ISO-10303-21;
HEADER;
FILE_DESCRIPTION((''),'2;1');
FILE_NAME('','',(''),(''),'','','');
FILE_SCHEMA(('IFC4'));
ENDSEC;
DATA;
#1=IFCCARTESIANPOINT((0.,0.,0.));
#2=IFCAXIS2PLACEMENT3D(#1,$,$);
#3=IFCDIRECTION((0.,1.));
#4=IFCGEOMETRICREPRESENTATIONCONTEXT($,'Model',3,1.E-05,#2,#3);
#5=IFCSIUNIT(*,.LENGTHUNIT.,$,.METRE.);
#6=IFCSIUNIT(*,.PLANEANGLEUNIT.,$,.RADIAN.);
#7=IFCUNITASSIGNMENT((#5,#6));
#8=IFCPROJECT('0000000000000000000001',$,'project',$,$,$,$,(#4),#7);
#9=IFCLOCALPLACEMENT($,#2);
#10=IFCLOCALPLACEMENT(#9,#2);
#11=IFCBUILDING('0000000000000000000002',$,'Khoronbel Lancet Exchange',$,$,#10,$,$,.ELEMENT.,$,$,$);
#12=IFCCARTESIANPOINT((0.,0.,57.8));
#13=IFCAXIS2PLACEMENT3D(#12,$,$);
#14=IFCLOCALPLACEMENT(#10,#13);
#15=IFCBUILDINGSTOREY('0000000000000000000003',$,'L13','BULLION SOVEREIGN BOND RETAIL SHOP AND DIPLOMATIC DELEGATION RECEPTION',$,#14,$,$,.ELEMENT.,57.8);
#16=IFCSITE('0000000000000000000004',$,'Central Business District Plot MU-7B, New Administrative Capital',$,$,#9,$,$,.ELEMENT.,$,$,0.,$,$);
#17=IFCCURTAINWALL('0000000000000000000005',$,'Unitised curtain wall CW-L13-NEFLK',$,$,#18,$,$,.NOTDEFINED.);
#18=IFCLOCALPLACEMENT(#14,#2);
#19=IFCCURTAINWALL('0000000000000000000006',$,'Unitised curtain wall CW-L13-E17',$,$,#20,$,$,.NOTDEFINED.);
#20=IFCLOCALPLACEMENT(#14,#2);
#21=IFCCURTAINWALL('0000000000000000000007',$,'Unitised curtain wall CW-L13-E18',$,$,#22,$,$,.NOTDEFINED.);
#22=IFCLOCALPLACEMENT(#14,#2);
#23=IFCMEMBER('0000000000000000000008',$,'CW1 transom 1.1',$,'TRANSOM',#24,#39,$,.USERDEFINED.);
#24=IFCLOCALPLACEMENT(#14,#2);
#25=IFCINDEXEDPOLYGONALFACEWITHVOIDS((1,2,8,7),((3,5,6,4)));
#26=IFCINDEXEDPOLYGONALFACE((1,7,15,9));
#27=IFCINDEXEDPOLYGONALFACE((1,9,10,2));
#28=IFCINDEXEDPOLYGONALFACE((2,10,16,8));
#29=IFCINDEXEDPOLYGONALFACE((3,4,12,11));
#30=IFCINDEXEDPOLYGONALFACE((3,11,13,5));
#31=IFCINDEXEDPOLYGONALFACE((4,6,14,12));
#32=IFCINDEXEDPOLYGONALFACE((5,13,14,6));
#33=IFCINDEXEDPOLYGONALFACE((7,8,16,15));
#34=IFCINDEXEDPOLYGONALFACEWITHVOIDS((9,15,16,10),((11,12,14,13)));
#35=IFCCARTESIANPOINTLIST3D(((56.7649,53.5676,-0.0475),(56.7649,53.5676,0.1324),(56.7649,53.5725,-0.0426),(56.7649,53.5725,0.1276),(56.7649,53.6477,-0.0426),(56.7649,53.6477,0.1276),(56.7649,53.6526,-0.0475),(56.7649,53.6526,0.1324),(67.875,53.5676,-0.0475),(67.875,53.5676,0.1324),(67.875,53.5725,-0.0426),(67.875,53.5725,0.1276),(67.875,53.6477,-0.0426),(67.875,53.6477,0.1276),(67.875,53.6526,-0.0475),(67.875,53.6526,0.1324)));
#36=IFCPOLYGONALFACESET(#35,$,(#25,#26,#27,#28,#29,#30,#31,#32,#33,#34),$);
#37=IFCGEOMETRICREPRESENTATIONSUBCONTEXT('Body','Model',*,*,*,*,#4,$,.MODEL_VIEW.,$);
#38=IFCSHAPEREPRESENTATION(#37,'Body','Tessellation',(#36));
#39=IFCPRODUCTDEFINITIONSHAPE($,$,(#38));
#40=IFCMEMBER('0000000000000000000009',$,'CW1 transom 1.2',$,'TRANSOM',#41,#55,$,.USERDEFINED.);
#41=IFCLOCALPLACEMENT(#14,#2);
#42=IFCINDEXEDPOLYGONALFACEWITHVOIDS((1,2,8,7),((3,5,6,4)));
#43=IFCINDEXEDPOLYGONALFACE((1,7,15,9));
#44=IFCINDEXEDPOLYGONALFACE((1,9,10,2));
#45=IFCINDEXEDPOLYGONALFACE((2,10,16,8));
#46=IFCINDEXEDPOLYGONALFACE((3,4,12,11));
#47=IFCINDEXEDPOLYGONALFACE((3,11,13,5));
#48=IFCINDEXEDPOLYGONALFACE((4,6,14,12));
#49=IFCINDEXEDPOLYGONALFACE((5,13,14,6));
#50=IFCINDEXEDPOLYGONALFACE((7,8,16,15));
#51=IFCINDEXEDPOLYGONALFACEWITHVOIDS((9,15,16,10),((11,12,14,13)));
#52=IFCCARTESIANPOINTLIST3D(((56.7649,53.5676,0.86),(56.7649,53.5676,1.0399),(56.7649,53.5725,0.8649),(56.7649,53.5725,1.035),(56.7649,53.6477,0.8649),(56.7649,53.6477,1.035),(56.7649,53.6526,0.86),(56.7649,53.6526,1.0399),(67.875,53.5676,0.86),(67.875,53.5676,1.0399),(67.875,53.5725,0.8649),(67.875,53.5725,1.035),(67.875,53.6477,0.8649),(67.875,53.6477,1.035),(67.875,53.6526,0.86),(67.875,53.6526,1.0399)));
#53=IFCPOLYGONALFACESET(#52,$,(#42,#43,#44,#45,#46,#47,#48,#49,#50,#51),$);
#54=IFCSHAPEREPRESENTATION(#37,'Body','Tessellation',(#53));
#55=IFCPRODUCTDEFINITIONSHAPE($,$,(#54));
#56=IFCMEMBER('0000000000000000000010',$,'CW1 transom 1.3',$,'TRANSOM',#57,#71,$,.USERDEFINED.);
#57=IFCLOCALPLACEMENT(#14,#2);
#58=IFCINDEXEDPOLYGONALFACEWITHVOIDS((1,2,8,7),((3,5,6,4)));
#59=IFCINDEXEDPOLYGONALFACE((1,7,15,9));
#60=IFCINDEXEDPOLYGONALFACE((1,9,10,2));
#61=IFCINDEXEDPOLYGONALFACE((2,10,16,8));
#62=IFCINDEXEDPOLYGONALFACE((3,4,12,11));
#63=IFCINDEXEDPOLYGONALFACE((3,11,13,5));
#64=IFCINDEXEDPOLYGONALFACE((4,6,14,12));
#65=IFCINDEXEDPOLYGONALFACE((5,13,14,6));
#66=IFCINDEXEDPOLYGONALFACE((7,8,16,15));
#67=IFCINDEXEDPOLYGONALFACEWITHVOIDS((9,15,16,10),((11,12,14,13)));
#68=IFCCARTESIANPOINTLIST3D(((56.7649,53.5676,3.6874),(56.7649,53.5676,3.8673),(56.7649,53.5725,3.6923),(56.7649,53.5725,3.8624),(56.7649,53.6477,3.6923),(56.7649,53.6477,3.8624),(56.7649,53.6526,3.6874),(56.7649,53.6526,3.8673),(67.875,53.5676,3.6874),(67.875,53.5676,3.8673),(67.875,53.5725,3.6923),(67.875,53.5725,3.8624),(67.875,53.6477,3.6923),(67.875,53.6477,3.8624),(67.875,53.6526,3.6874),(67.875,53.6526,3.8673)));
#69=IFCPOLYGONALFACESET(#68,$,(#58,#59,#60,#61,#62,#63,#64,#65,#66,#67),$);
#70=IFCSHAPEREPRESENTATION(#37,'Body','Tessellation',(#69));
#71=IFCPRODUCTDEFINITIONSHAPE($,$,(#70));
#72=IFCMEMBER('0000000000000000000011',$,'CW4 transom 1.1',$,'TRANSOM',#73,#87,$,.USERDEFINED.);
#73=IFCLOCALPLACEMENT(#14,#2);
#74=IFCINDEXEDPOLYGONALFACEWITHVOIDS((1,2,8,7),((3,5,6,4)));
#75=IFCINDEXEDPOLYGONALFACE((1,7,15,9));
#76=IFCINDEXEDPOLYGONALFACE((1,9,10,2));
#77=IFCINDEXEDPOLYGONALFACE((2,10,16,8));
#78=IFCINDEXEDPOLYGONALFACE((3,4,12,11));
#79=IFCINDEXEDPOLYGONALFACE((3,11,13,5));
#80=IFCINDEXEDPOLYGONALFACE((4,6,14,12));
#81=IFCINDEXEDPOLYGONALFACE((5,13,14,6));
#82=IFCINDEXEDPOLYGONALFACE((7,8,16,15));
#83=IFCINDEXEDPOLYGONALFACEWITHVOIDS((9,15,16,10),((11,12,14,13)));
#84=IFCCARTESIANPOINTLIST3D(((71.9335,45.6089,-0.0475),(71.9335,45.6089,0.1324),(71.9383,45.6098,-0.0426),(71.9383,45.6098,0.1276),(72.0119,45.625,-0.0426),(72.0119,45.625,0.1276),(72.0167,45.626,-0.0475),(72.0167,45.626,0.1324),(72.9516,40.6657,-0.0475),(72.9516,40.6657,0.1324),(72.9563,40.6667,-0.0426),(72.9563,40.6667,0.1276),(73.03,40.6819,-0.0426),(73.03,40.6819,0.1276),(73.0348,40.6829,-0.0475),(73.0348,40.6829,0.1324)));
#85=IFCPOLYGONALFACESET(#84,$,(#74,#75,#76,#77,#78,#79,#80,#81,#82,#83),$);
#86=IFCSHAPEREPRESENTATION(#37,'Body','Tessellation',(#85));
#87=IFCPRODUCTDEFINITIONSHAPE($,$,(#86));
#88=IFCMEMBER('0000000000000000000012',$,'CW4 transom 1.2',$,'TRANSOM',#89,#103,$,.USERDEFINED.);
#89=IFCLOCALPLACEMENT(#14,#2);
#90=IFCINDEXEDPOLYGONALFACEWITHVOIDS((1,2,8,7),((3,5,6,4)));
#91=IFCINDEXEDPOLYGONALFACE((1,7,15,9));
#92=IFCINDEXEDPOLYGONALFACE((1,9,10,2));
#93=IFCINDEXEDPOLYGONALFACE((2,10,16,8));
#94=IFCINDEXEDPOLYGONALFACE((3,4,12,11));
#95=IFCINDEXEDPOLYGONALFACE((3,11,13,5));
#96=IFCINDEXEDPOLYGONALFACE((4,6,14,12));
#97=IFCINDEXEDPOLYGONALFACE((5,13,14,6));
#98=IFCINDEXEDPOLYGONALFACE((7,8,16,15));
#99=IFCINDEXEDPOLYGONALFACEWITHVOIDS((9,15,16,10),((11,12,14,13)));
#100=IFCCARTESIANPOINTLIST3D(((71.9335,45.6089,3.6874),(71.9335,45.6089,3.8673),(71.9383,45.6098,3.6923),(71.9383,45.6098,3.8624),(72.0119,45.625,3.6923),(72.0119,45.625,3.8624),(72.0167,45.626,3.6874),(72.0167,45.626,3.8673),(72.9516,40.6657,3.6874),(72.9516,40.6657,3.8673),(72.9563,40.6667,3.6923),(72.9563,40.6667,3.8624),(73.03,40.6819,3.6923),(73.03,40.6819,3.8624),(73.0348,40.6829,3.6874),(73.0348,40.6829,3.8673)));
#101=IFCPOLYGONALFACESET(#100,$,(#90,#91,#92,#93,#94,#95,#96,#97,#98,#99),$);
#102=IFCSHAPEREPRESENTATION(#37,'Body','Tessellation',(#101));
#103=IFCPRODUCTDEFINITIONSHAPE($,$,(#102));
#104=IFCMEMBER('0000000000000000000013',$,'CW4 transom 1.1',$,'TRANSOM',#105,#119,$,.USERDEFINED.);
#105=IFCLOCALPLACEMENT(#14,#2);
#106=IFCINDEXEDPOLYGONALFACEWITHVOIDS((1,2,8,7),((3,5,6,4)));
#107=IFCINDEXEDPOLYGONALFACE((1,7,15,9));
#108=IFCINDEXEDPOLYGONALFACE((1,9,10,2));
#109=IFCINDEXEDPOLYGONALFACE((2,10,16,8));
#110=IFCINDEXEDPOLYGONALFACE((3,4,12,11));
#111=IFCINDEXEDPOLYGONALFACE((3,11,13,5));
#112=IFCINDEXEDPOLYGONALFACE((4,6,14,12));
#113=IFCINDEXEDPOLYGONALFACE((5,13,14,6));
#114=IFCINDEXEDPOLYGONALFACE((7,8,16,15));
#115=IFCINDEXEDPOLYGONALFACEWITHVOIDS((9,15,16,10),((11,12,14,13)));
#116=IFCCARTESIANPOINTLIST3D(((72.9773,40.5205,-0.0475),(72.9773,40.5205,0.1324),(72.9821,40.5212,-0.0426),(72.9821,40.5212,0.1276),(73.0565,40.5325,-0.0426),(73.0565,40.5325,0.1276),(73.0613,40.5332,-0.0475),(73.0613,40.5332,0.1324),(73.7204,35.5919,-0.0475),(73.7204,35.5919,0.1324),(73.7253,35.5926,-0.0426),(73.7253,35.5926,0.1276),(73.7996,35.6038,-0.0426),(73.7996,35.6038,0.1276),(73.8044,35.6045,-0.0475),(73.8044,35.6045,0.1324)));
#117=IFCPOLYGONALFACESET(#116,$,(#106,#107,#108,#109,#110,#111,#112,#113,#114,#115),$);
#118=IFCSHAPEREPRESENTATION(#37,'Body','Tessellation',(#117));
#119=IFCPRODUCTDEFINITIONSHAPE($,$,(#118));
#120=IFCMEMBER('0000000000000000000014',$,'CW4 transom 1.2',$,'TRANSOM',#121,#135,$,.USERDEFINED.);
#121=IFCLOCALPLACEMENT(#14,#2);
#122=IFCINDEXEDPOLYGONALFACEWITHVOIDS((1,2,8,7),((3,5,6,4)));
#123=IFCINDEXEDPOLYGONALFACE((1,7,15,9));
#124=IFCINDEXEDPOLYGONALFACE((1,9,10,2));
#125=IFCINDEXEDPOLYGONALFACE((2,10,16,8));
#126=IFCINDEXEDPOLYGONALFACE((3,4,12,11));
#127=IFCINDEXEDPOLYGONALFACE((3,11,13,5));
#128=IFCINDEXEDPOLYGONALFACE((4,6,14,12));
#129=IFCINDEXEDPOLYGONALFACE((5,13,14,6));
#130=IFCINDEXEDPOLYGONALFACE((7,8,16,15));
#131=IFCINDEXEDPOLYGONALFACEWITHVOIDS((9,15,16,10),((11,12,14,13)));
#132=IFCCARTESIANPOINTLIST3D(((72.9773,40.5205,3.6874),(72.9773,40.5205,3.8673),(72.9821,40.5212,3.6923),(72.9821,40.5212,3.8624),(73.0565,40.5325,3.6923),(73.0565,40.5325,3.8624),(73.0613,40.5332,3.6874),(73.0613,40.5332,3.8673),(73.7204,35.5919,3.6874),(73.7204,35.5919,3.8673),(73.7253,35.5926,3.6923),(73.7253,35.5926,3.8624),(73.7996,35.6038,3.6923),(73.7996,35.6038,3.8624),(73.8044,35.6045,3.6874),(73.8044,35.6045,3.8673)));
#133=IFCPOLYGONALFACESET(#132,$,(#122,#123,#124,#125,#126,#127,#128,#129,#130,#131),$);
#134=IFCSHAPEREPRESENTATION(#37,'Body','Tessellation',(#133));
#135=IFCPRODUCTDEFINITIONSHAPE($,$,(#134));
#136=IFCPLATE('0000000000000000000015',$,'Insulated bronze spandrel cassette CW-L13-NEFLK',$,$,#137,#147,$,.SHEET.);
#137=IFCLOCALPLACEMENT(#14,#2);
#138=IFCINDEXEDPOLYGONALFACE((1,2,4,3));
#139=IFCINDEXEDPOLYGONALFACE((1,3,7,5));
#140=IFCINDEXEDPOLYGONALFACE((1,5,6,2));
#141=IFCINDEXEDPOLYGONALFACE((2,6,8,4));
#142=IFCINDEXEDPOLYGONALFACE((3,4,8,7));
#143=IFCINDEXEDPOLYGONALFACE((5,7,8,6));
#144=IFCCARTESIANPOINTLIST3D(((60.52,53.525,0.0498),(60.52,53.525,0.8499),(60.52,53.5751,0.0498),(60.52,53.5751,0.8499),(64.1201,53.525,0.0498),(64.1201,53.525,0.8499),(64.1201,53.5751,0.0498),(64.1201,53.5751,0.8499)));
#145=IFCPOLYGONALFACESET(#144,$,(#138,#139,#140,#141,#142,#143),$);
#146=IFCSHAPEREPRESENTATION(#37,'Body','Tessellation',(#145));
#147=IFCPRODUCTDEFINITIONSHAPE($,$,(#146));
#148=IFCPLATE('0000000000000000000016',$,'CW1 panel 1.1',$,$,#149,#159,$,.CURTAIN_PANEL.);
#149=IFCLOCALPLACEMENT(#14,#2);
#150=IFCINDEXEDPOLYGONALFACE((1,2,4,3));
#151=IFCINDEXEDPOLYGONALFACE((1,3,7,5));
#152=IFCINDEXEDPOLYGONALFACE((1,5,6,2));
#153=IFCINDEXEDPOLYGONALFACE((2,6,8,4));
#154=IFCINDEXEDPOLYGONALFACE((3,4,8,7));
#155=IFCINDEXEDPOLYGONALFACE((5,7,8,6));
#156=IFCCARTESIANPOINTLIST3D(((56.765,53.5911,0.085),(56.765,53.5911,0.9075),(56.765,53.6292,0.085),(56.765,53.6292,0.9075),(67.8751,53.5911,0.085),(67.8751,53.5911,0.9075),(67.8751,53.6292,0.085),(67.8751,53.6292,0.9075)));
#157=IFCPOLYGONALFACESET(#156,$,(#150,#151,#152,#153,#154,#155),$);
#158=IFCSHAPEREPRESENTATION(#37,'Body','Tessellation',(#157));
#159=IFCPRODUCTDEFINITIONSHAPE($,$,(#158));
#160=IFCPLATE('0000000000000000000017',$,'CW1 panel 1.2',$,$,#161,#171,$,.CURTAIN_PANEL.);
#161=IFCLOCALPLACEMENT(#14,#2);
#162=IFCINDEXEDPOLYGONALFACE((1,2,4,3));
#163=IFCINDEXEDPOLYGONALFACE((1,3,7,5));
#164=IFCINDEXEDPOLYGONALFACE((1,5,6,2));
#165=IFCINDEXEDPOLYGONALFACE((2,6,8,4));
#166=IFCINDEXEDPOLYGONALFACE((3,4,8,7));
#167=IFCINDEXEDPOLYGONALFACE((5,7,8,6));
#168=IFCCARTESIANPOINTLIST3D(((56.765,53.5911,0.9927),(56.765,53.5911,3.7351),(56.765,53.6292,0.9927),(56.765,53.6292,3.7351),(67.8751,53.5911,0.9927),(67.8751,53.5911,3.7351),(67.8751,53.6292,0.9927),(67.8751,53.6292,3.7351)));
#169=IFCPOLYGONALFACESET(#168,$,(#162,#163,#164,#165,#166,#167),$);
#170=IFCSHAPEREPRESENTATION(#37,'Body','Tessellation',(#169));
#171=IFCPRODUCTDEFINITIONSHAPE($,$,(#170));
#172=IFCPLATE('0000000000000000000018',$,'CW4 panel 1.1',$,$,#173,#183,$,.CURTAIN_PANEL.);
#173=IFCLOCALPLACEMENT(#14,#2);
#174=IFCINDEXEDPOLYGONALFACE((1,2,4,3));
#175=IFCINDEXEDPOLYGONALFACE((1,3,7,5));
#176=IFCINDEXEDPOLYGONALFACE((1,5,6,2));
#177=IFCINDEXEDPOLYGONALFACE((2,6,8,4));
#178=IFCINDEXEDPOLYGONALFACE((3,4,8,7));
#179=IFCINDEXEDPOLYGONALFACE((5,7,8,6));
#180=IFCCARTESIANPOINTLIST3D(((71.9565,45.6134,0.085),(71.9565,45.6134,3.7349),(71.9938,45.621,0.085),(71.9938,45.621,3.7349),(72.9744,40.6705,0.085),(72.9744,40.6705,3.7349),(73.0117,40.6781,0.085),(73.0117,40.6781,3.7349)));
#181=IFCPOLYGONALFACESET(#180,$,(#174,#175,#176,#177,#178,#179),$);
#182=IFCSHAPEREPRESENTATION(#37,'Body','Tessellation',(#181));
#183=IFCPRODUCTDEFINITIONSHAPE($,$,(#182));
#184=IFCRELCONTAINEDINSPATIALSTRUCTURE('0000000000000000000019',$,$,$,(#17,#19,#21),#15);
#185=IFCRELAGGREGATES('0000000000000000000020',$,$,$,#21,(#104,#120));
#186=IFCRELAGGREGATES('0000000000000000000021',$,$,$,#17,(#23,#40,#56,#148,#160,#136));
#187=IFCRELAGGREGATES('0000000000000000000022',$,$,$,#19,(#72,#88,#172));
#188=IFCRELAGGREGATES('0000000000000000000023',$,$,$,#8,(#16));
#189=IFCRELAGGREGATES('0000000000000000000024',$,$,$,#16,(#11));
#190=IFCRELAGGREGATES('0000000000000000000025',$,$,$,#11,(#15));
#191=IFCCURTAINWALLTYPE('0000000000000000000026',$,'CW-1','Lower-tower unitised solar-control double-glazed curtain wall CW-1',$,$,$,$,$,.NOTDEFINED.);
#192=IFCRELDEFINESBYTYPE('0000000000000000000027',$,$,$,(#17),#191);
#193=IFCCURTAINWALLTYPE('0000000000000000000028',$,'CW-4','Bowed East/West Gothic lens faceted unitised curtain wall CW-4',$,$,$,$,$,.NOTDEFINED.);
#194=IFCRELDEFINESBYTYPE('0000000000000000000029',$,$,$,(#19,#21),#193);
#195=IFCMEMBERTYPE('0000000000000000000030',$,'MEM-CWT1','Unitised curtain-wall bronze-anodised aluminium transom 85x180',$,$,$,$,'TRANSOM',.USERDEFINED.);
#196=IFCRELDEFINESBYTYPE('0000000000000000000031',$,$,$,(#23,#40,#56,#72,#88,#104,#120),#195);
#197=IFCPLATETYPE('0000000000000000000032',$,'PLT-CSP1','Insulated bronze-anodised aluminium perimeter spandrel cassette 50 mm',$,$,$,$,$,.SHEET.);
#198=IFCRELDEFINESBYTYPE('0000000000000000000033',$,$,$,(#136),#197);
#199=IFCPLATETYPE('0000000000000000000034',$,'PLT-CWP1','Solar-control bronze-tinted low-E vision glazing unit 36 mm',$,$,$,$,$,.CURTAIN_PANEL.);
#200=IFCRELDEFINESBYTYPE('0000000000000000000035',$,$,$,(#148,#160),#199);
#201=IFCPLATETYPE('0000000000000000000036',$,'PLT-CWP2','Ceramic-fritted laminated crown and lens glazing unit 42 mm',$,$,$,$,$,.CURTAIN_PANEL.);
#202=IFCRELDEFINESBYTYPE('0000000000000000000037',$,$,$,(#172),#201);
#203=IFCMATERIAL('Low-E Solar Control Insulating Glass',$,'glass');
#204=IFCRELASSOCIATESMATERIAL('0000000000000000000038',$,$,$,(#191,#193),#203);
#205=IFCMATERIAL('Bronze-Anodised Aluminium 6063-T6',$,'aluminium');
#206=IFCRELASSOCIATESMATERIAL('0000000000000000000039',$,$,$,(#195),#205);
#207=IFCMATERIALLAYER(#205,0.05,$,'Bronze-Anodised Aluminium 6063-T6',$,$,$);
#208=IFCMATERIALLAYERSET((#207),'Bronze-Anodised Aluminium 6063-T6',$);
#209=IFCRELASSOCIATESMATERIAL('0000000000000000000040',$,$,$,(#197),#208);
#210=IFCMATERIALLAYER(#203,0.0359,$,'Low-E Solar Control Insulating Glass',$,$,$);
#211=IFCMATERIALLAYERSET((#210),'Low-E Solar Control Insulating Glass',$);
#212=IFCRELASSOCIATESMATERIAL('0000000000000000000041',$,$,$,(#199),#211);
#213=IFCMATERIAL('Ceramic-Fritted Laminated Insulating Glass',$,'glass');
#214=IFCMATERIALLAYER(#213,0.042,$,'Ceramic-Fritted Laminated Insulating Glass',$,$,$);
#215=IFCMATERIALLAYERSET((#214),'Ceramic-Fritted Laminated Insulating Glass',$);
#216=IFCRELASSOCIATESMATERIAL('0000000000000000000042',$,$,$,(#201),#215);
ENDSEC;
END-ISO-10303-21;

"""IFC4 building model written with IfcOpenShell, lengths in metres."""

from ifc_helpers import new_model, si_unit, direction, frame, origin, origin_2d, place, context, subcontext, project, spatial, rectangle, hollow_rectangle, extrude, material, layer, layer_set, material_profile, profile_set, type_object, element, aggregate, save


model = new_model("IFC4")

# Units and contexts
model_context = context("Model", 3, precision=1e-05, world=origin(), true_north=direction((0.0, 1.0)))
body_context = subcontext(model_context, "Body", "Model", "MODEL_VIEW")
ifc_project = project(units=[si_unit("LENGTHUNIT", "METRE"), si_unit("PLANEANGLEUNIT", "RADIAN")], contexts=[model_context])

# Site, building, storey
site_placement = place(None, origin())
site = spatial("IfcSite", under=ifc_project, at=site_placement, Name="Central Business District Plot MU-7B, New Administrative Capital", CompositionType="ELEMENT", RefElevation=0.0)
building_placement = place(site_placement, origin())
building = spatial("IfcBuilding", under=site, at=building_placement, Name="Khoronbel Lancet Exchange", CompositionType="ELEMENT")
storey_placement = place(building_placement, frame((0.0, 0.0, 57.8)))
storey = spatial("IfcBuildingStorey", under=building, at=storey_placement, Name="L13", Description="BULLION SOVEREIGN BOND RETAIL SHOP AND DIPLOMATIC DELEGATION RECEPTION", CompositionType="ELEMENT", Elevation=57.8)

# Curtain walls
ifc_material_1 = material(Name="Low-E Solar Control Insulating Glass", Category="glass")
curtain_wall_type_1 = type_object("IfcCurtainWallType", Name="CW-1", Description="Lower-tower unitised solar-control double-glazed curtain wall CW-1", PredefinedType="NOTDEFINED", material=ifc_material_1)
curtain_wall_1_placement = place(storey_placement, origin())
curtain_wall_1 = element("IfcCurtainWall", 1, at=curtain_wall_1_placement, inside=storey, type_object=curtain_wall_type_1, Name="Unitised curtain wall CW-L13-NEFLK", PredefinedType="NOTDEFINED")
ifc_material_2 = material(Name="Bronze-Anodised Aluminium 6063-T6", Category="aluminium")
curtain_wall_type_2 = type_object("IfcCurtainWallType", Name="CW-4", Description="Bowed East/West Gothic lens faceted unitised curtain wall CW-4", PredefinedType="NOTDEFINED", material=ifc_material_1)
curtain_wall_2_placement = place(storey_placement, origin())
curtain_wall_2 = element("IfcCurtainWall", 2, at=curtain_wall_2_placement, inside=storey, type_object=curtain_wall_type_2, Name="Unitised curtain wall CW-L13-E17", PredefinedType="NOTDEFINED")

# Curtain wall
curtain_wall_3_placement = place(storey_placement, origin())
curtain_wall_3 = element("IfcCurtainWall", 3, at=curtain_wall_3_placement, inside=storey, type_object=curtain_wall_type_2, Name="Unitised curtain wall CW-L13-E18", PredefinedType="NOTDEFINED")

# Members
ifc_material_profile_1 = material_profile(ifc_material_2, hollow_rectangle(XDim=0.085, YDim=0.1799, WallThickness=0.0049, at=origin_2d()), Name="ALU TRANSOM 85x180")
ifc_profile_set_1 = profile_set([ifc_material_profile_1], Name="Bronze-Anodised Aluminium 6063-T6")
member_type_1 = type_object("IfcMemberType", Name="MEM-CWT1", Description="Unitised curtain-wall bronze-anodised aluminium transom 85x180", ElementType="TRANSOM", PredefinedType="USERDEFINED", material=ifc_profile_set_1)
member_1_placement = place(storey_placement, frame((67.875, 53.6101, 0.0425), z_axis=(-1.0, 0.0, 0.0), x_axis=(0.0, -1.0, 0.0)))
member_1 = element("IfcMember", 4, at=member_1_placement, type_object=member_type_1, Name="CW1 transom 1.1", ObjectType="TRANSOM", PredefinedType="USERDEFINED", context=body_context, shape_type="SweptSolid", body=[
    extrude(hollow_rectangle(XDim=0.085, YDim=0.1799, WallThickness=0.0049, at=origin_2d()), origin(), (0.0, 0.0, 1.0), 11.1101),
])
member_2_placement = place(storey_placement, frame((67.875, 53.6101, 0.95), z_axis=(-1.0, 0.0, 0.0), x_axis=(0.0, -1.0, 0.0)))
member_2 = element("IfcMember", 5, at=member_2_placement, type_object=member_type_1, Name="CW1 transom 1.2", ObjectType="TRANSOM", PredefinedType="USERDEFINED", context=body_context, shape_type="SweptSolid", body=[
    extrude(hollow_rectangle(XDim=0.085, YDim=0.1799, WallThickness=0.0049, at=origin_2d()), origin(), (0.0, 0.0, 1.0), 11.1101),
])
member_3_placement = place(storey_placement, frame((67.875, 53.6101, 3.7773), z_axis=(-1.0, 0.0, 0.0), x_axis=(0.0, -1.0, 0.0)))
member_3 = element("IfcMember", 6, at=member_3_placement, type_object=member_type_1, Name="CW1 transom 1.3", ObjectType="TRANSOM", PredefinedType="USERDEFINED", context=body_context, shape_type="SweptSolid", body=[
    extrude(hollow_rectangle(XDim=0.085, YDim=0.1799, WallThickness=0.0049, at=origin_2d()), origin(), (0.0, 0.0, 1.0), 11.1101),
])
member_4_placement = place(storey_placement, frame((71.9751, 45.6174, 0.0425), z_axis=(0.201723, -0.979443, 0.0), x_axis=(0.979443, 0.201723, 0.0)))
member_4 = element("IfcMember", 7, at=member_4_placement, type_object=member_type_1, Name="CW4 transom 1.1", ObjectType="TRANSOM", PredefinedType="USERDEFINED", context=body_context, shape_type="SweptSolid", body=[
    extrude(hollow_rectangle(XDim=0.085, YDim=0.1799, WallThickness=0.0049, at=origin_2d()), origin(), (0.0, 0.0, 1.0), 5.0469),
])
member_5_placement = place(storey_placement, frame((71.9751, 45.6174, 3.7773), z_axis=(0.201723, -0.979443, 0.0), x_axis=(0.979443, 0.201723, 0.0)))
member_5 = element("IfcMember", 8, at=member_5_placement, type_object=member_type_1, Name="CW4 transom 1.2", ObjectType="TRANSOM", PredefinedType="USERDEFINED", context=body_context, shape_type="SweptSolid", body=[
    extrude(hollow_rectangle(XDim=0.085, YDim=0.1799, WallThickness=0.0049, at=origin_2d()), origin(), (0.0, 0.0, 1.0), 5.0469),
])
member_6_placement = place(storey_placement, frame((73.0193, 40.5269, 0.0425), z_axis=(0.149097, -0.988823, 0.0), x_axis=(0.988823, 0.149097, 0.0)))
member_6 = element("IfcMember", 9, at=member_6_placement, type_object=member_type_1, Name="CW4 transom 1.1", ObjectType="TRANSOM", PredefinedType="USERDEFINED", context=body_context, shape_type="SweptSolid", body=[
    extrude(hollow_rectangle(XDim=0.085, YDim=0.1799, WallThickness=0.0049, at=origin_2d()), origin(), (0.0, 0.0, 1.0), 4.9844),
])
member_7_placement = place(storey_placement, frame((73.0193, 40.5269, 3.7773), z_axis=(0.149097, -0.988823, 0.0), x_axis=(0.988823, 0.149097, 0.0)))
member_7 = element("IfcMember", 10, at=member_7_placement, type_object=member_type_1, Name="CW4 transom 1.2", ObjectType="TRANSOM", PredefinedType="USERDEFINED", context=body_context, shape_type="SweptSolid", body=[
    extrude(hollow_rectangle(XDim=0.085, YDim=0.1799, WallThickness=0.0049, at=origin_2d()), origin(), (0.0, 0.0, 1.0), 4.9844),
])
aggregate(curtain_wall_3, [member_6, member_7])

# Plates
ifc_layer_1 = layer(ifc_material_2, 0.05, Name="Bronze-Anodised Aluminium 6063-T6")
ifc_layer_set_1 = layer_set([ifc_layer_1], Name="Bronze-Anodised Aluminium 6063-T6")
plate_type_1 = type_object("IfcPlateType", Name="PLT-CSP1", Description="Insulated bronze-anodised aluminium perimeter spandrel cassette 50 mm", PredefinedType="SHEET", material=ifc_layer_set_1)
plate_1_placement = place(storey_placement, frame((62.3201, 53.55, 0.0498), z_axis=(0.0, 0.0, 1.0), x_axis=(-1.0, 0.0, 0.0)))
plate_1 = element("IfcPlate", 11, at=plate_1_placement, type_object=plate_type_1, Name="Insulated bronze spandrel cassette CW-L13-NEFLK", PredefinedType="SHEET", context=body_context, shape_type="SweptSolid", body=[
    extrude(rectangle(XDim=3.6001, YDim=0.05, at=origin_2d()), origin(), (0.0, 0.0, 1.0), 0.8),
])
ifc_layer_2 = layer(ifc_material_1, 0.0359, Name="Low-E Solar Control Insulating Glass")
ifc_layer_set_2 = layer_set([ifc_layer_2], Name="Low-E Solar Control Insulating Glass")
plate_type_2 = type_object("IfcPlateType", Name="PLT-CWP1", Description="Solar-control bronze-tinted low-E vision glazing unit 36 mm", PredefinedType="CURTAIN_PANEL", material=ifc_layer_set_2)
plate_2_placement = place(storey_placement, frame((62.3201, 53.6101, 0.085), z_axis=(0.0, 0.0, 1.0), x_axis=(-1.0, 0.0, 0.0)))
plate_2 = element("IfcPlate", 12, at=plate_2_placement, type_object=plate_type_2, Name="CW1 panel 1.1", PredefinedType="CURTAIN_PANEL", context=body_context, shape_type="SweptSolid", body=[
    extrude(rectangle(XDim=11.1101, YDim=0.0381, at=origin_2d()), origin(), (0.0, 0.0, 1.0), 0.8225),
])
plate_3_placement = place(storey_placement, frame((62.3201, 53.6101, 0.9927), z_axis=(0.0, 0.0, 1.0), x_axis=(-1.0, 0.0, 0.0)))
plate_3 = element("IfcPlate", 13, at=plate_3_placement, type_object=plate_type_2, Name="CW1 panel 1.2", PredefinedType="CURTAIN_PANEL", context=body_context, shape_type="SweptSolid", body=[
    extrude(rectangle(XDim=11.1101, YDim=0.0381, at=origin_2d()), origin(), (0.0, 0.0, 1.0), 2.7424),
])
aggregate(curtain_wall_1, [member_1, member_2, member_3, plate_2, plate_3, plate_1])
ifc_material_3 = material(Name="Ceramic-Fritted Laminated Insulating Glass", Category="glass")
ifc_layer_3 = layer(ifc_material_3, 0.042, Name="Ceramic-Fritted Laminated Insulating Glass")
ifc_layer_set_3 = layer_set([ifc_layer_3], Name="Ceramic-Fritted Laminated Insulating Glass")
plate_type_3 = type_object("IfcPlateType", Name="PLT-CWP2", Description="Ceramic-fritted laminated crown and lens glazing unit 42 mm", PredefinedType="CURTAIN_PANEL", material=ifc_layer_set_3)
plate_4_placement = place(storey_placement, frame((72.4841, 43.1458, 0.085), z_axis=(0.0, 0.0, 1.0), x_axis=(0.201705, -0.979446, 0.0)))
plate_4 = element("IfcPlate", 14, at=plate_4_placement, type_object=plate_type_3, Name="CW4 panel 1.1", PredefinedType="CURTAIN_PANEL", context=body_context, shape_type="SweptSolid", body=[
    extrude(rectangle(XDim=5.0466, YDim=0.0381, at=origin_2d()), origin(), (0.0, 0.0, 1.0), 3.6499),
])
aggregate(curtain_wall_2, [member_4, member_5, plate_4])

save(model, "model.ifc")
